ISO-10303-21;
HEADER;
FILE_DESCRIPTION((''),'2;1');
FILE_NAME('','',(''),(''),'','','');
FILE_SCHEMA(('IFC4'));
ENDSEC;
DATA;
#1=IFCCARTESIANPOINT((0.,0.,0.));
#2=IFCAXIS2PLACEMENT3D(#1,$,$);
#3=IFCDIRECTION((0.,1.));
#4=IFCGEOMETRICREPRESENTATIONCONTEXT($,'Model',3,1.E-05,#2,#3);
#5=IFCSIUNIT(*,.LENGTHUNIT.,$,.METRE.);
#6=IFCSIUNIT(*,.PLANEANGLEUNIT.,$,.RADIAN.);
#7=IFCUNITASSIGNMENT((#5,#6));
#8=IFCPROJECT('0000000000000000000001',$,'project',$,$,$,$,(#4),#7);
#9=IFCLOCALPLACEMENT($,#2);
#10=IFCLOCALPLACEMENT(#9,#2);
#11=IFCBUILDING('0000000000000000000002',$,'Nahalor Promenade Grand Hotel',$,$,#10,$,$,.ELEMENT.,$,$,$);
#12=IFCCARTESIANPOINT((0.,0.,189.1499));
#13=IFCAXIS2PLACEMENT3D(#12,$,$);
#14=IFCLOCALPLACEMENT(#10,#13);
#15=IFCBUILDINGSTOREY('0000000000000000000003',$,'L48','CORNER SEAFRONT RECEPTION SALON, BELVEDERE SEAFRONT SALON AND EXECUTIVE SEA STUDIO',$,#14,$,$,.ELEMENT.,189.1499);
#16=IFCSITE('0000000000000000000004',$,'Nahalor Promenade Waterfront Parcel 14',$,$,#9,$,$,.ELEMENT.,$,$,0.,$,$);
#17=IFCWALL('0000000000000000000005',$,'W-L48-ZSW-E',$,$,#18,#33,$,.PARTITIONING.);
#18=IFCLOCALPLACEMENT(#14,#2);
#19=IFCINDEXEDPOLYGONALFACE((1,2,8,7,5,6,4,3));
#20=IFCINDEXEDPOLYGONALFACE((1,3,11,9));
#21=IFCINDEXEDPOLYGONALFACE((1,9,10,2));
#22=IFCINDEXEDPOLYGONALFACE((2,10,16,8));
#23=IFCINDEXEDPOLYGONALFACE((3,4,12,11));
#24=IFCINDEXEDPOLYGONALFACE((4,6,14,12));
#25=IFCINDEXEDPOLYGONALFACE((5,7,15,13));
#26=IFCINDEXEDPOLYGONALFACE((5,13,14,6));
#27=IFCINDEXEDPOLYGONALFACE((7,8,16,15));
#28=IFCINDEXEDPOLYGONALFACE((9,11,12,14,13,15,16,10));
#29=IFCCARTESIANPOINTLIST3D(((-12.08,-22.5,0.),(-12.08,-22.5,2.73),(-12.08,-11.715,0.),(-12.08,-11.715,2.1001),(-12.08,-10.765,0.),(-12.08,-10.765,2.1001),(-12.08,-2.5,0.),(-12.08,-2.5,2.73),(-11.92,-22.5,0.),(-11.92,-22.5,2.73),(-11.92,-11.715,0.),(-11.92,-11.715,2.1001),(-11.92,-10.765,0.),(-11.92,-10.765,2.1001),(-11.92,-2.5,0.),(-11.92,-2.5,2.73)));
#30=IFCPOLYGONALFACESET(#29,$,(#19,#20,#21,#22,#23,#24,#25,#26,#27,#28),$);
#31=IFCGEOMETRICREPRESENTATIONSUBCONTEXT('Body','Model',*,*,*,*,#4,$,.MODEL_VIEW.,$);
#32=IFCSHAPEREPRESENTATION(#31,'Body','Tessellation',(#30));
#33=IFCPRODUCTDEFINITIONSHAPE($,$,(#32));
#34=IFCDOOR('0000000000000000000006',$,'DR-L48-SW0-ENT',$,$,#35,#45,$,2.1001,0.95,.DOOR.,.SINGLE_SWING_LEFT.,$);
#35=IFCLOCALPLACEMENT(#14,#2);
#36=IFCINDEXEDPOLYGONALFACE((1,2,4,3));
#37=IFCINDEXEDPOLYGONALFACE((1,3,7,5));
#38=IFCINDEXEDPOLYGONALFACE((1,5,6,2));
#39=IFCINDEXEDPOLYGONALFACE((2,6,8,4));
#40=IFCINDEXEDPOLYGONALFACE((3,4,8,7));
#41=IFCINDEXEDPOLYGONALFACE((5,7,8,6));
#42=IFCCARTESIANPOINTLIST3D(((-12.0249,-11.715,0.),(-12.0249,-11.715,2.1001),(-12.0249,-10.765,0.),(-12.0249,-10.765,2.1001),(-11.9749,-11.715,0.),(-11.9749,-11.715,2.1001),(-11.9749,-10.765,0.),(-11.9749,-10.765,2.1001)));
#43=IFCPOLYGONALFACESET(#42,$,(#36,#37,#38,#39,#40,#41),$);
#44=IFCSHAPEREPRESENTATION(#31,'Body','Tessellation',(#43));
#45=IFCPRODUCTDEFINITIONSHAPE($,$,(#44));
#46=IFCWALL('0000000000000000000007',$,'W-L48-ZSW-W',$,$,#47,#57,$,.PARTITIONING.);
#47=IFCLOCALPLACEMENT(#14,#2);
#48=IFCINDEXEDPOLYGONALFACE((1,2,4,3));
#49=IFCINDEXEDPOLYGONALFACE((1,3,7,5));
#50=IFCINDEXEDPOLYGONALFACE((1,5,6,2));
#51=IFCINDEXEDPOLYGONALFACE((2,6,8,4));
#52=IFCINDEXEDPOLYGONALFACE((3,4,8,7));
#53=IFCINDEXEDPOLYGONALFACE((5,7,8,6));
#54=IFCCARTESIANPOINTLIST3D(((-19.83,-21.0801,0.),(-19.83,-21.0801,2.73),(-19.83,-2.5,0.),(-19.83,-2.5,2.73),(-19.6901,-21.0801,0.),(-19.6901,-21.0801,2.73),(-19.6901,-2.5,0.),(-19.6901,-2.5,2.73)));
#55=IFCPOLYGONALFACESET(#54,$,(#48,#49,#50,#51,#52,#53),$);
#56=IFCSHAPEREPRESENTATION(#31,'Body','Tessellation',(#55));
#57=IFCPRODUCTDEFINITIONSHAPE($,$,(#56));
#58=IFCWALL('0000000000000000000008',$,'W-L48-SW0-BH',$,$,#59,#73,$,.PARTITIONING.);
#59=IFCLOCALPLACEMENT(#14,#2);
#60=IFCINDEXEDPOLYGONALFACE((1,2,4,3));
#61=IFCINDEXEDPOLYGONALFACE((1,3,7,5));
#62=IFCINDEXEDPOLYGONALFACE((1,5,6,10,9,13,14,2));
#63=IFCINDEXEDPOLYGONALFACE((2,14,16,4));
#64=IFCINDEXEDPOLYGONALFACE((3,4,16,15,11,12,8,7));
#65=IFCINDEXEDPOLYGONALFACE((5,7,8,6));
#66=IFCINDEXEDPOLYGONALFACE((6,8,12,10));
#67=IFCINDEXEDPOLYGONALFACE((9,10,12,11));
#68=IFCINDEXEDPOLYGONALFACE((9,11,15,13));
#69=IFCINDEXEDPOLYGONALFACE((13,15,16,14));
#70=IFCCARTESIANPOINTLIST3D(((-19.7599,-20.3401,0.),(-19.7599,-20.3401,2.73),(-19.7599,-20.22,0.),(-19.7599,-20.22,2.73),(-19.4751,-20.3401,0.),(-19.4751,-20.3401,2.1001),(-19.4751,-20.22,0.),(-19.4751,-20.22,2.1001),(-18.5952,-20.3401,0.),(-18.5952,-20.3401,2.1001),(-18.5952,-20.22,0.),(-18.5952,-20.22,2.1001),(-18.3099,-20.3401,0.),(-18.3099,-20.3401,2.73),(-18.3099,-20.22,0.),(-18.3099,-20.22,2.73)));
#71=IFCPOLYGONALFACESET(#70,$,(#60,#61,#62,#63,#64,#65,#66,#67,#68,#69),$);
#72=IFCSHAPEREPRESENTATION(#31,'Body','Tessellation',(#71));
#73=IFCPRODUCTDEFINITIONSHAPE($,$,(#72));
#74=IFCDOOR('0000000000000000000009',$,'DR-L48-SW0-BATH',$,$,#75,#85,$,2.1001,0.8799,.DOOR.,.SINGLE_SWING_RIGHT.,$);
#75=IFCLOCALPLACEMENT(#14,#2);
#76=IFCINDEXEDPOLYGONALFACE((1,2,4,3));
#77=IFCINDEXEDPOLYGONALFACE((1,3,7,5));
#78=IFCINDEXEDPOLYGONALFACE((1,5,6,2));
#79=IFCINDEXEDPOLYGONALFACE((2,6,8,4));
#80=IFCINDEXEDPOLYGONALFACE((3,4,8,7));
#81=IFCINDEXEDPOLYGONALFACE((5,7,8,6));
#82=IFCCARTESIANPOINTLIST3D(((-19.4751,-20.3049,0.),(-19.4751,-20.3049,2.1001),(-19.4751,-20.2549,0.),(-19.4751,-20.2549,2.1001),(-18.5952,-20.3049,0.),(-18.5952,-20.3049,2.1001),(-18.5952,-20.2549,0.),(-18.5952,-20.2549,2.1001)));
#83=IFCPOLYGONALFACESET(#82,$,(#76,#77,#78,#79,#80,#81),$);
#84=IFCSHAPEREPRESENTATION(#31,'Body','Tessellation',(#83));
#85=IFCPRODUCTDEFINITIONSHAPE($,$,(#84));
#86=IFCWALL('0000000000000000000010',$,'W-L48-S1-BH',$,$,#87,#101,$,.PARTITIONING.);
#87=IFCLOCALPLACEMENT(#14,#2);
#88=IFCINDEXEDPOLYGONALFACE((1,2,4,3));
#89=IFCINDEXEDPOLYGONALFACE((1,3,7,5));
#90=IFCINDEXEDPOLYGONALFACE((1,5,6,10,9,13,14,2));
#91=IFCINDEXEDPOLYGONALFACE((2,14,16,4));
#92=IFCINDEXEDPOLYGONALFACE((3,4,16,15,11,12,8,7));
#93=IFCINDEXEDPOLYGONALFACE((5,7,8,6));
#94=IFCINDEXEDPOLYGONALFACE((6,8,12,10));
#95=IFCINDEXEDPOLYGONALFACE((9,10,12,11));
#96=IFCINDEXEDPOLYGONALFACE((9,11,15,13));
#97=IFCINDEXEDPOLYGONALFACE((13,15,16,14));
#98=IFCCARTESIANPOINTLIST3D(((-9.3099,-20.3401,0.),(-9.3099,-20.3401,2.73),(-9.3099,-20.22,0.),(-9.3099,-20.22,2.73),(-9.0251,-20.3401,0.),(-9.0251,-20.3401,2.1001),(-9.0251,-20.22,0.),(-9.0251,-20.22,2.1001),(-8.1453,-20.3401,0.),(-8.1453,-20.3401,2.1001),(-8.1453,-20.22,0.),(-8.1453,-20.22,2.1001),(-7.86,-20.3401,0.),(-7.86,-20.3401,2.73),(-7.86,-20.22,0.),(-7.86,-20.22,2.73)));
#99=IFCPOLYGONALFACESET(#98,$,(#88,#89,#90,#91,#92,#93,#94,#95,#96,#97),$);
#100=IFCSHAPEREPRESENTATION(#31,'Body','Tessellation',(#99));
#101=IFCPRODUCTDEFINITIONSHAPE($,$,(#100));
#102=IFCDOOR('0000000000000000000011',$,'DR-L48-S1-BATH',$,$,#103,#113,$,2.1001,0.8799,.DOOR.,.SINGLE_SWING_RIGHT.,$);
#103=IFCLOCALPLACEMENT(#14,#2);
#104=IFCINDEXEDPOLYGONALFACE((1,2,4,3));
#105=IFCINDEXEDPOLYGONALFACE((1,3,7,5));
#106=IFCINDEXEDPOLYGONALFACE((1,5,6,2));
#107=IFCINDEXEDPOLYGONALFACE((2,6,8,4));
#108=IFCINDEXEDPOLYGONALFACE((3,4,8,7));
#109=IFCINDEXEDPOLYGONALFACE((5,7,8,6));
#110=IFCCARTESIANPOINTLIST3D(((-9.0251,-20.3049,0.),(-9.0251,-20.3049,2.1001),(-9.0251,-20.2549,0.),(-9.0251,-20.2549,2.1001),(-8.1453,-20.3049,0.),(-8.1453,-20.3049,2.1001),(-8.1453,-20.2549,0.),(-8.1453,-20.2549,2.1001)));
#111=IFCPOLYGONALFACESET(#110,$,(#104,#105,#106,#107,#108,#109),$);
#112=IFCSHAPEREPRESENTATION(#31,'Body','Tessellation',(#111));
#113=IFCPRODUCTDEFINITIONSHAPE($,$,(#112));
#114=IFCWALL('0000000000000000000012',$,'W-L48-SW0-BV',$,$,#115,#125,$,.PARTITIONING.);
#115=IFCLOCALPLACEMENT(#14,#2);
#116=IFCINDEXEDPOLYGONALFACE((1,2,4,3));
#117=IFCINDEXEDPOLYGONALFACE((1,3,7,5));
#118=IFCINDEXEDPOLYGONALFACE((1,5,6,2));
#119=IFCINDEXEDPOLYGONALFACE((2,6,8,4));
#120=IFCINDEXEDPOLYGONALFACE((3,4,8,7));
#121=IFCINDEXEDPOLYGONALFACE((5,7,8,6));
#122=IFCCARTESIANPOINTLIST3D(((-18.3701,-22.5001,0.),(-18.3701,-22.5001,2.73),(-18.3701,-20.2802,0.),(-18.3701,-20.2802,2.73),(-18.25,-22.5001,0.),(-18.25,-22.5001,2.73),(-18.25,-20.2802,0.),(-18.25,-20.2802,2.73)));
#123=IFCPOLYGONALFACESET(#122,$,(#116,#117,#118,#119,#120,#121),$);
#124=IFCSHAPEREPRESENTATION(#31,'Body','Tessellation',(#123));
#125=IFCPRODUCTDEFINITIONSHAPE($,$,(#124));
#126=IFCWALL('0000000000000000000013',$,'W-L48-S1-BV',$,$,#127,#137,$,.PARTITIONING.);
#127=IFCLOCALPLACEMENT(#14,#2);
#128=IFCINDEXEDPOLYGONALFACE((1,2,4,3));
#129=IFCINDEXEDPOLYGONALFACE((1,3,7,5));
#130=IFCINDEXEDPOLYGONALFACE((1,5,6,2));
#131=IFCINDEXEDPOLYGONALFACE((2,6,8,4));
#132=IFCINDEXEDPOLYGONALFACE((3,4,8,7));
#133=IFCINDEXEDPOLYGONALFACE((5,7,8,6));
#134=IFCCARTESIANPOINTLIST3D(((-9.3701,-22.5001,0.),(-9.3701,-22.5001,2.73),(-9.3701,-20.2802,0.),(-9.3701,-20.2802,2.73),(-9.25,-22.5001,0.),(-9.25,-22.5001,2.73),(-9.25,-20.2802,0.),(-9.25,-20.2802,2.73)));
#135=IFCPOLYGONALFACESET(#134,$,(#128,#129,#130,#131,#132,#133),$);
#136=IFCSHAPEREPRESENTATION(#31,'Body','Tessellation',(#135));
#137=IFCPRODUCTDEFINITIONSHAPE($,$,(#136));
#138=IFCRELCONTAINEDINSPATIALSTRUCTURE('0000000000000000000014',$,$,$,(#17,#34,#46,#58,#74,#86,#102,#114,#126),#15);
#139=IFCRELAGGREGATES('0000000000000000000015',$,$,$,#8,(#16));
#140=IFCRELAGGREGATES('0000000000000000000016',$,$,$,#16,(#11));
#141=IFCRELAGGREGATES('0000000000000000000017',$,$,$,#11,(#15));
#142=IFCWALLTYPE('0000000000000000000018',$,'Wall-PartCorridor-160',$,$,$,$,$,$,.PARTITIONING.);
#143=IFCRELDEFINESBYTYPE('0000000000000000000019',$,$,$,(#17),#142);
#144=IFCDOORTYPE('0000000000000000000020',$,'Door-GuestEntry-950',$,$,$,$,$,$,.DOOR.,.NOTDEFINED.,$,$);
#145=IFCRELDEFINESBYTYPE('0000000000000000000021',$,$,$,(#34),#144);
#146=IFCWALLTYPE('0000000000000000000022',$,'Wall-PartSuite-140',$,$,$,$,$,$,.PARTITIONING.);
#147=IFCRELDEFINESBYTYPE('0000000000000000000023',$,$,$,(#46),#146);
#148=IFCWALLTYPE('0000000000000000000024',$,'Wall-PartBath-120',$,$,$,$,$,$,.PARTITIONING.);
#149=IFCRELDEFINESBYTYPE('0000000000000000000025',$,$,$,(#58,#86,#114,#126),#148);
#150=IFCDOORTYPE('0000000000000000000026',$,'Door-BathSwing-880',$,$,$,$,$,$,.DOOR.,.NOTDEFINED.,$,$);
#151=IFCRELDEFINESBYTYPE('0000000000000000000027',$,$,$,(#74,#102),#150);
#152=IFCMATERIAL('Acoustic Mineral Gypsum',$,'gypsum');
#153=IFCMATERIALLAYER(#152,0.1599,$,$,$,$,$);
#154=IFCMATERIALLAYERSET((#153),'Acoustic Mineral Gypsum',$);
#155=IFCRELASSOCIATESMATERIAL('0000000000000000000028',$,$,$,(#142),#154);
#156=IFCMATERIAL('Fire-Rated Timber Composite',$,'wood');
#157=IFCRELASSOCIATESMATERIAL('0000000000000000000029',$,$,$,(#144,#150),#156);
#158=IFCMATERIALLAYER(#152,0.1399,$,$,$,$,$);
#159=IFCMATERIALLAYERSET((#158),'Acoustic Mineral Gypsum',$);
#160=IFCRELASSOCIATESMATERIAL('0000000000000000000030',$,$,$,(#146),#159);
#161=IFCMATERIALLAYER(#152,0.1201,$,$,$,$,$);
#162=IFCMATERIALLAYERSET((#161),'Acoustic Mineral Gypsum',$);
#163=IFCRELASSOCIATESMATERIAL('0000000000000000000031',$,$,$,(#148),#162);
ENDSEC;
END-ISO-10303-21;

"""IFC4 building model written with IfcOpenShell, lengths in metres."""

from ifc_helpers import new_model, si_unit, direction, frame, frame_2d, origin, place, context, subcontext, project, spatial, rectangle, extrude, source, transform, mapped, material, layer, layer_set, type_object, element, fill, save


model = new_model("IFC4")

# Units and contexts
model_context = context("Model", 3, precision=1e-05, world=origin(), true_north=direction((0.0, 1.0)))
body_context = subcontext(model_context, "Body", "Model", "MODEL_VIEW")
ifc_project = project(units=[si_unit("LENGTHUNIT", "METRE"), si_unit("PLANEANGLEUNIT", "RADIAN")], contexts=[model_context])

# Site, building, storey
site_placement = place(None, origin())
site = spatial("IfcSite", under=ifc_project, at=site_placement, Name="Nahalor Promenade Waterfront Parcel 14", CompositionType="ELEMENT", RefElevation=0.0)
building_placement = place(site_placement, origin())
building = spatial("IfcBuilding", under=site, at=building_placement, Name="Nahalor Promenade Grand Hotel", CompositionType="ELEMENT")
storey_placement = place(building_placement, frame((0.0, 0.0, 189.1499)))
storey = spatial("IfcBuildingStorey", under=building, at=storey_placement, Name="L48", Description="CORNER SEAFRONT RECEPTION SALON, BELVEDERE SEAFRONT SALON AND EXECUTIVE SEA STUDIO", CompositionType="ELEMENT", Elevation=189.1499)

# Wall, opening, door
ifc_material_1 = material(Name="Acoustic Mineral Gypsum", Category="gypsum")
ifc_layer_1 = layer(ifc_material_1, 0.1599)
ifc_layer_set_1 = layer_set([ifc_layer_1], Name="Acoustic Mineral Gypsum")
wall_type_1 = type_object("IfcWallType", Name="Wall-PartCorridor-160", PredefinedType="PARTITIONING", material=ifc_layer_set_1)
shared_shape_1 = source(origin(), body_context, "Body", "SweptSolid", [
    extrude(rectangle(XDim=20.0, YDim=0.1599, at=frame_2d((10.0, 0.0))), origin(), (0.0, 0.0, 1.0), 2.73),
])
wall_1_placement = place(storey_placement, frame((-12.0, -22.5, 0.0), z_axis=(0.0, 0.0, 1.0), x_axis=(0.0, 1.0, 0.0)))
wall_1 = element("IfcWall", 1, at=wall_1_placement, inside=storey, type_object=wall_type_1, Name="W-L48-ZSW-E", PredefinedType="PARTITIONING", context=body_context, shape_type="MappedRepresentation", body=[
    mapped(shared_shape_1, transform((0.0, 0.0, 0.0), scale=1.0)),
])
opening_1_placement = place(wall_1_placement, frame((10.7849, 0.0, 0.0)))
opening_1 = element("IfcOpeningElement", 2, at=opening_1_placement, cuts=wall_1, PredefinedType="OPENING", context=body_context, shape_type="SweptSolid", body=[
    extrude(rectangle(XDim=0.95, YDim=2.1001, at=frame_2d((0.4751, 1.05))), frame((0.0, 0.0898, 0.0), z_axis=(0.0, -1.0, 0.0), x_axis=(1.0, 0.0, 0.0)), (0.0, 0.0, 1.0), 0.1799),
])
ifc_material_2 = material(Name="Fire-Rated Timber Composite", Category="wood")
door_type_1 = type_object("IfcDoorType", Name="Door-GuestEntry-950", OperationType="NOTDEFINED", PredefinedType="DOOR", material=ifc_material_2)
shared_shape_2 = source(origin(), body_context, "Body", "SweptSolid", [
    extrude(rectangle(XDim=0.95, YDim=2.1001, at=frame_2d((0.4751, 1.05))), frame((0.0, 0.0249, 0.0), z_axis=(0.0, -1.0, 0.0), x_axis=(1.0, 0.0, 0.0)), (0.0, 0.0, 1.0), 0.05),
])
door_1_placement = place(opening_1_placement, origin())
door_1 = element("IfcDoor", 3, at=door_1_placement, inside=storey, type_object=door_type_1, Name="DR-L48-SW0-ENT", OperationType="SINGLE_SWING_LEFT", OverallHeight=2.1001, OverallWidth=0.95, PredefinedType="DOOR", context=body_context, shape_type="MappedRepresentation", body=[
    mapped(shared_shape_2, transform((0.0, 0.0, 0.0), scale=1.0)),
])
fill(opening_1, door_1)

# Wall
ifc_layer_2 = layer(ifc_material_1, 0.1399)
ifc_layer_set_2 = layer_set([ifc_layer_2], Name="Acoustic Mineral Gypsum")
wall_type_2 = type_object("IfcWallType", Name="Wall-PartSuite-140", PredefinedType="PARTITIONING", material=ifc_layer_set_2)
shared_shape_3 = source(origin(), body_context, "Body", "SweptSolid", [
    extrude(rectangle(XDim=18.5801, YDim=0.1399, at=frame_2d((9.29, 0.0))), origin(), (0.0, 0.0, 1.0), 2.73),
])
wall_2_placement = place(storey_placement, frame((-19.76, -21.0801, 0.0), z_axis=(0.0, 0.0, 1.0), x_axis=(0.0, 1.0, 0.0)))
element("IfcWall", 4, at=wall_2_placement, inside=storey, type_object=wall_type_2, Name="W-L48-ZSW-W", PredefinedType="PARTITIONING", context=body_context, shape_type="MappedRepresentation", body=[
    mapped(shared_shape_3, transform((0.0, 0.0, 0.0), scale=1.0)),
])

# Walls, openings, doors
ifc_layer_3 = layer(ifc_material_1, 0.1201)
ifc_layer_set_3 = layer_set([ifc_layer_3], Name="Acoustic Mineral Gypsum")
wall_type_3 = type_object("IfcWallType", Name="Wall-PartBath-120", PredefinedType="PARTITIONING", material=ifc_layer_set_3)
shared_shape_4 = source(origin(), body_context, "Body", "SweptSolid", [
    extrude(rectangle(XDim=1.45, YDim=0.1201, at=frame_2d((0.7251, 0.0))), origin(), (0.0, 0.0, 1.0), 2.73),
])
wall_3_placement = place(storey_placement, frame((-19.76, -20.28, 0.0), z_axis=(0.0, 0.0, 1.0), x_axis=(1.0, 0.0, 0.0)))
wall_3 = element("IfcWall", 5, at=wall_3_placement, inside=storey, type_object=wall_type_3, Name="W-L48-SW0-BH", PredefinedType="PARTITIONING", context=body_context, shape_type="MappedRepresentation", body=[
    mapped(shared_shape_4, transform((0.0, 0.0, 0.0), scale=1.0)),
])
opening_2_placement = place(wall_3_placement, frame((0.2849, 0.0, 0.0)))
opening_2 = element("IfcOpeningElement", 6, at=opening_2_placement, cuts=wall_3, PredefinedType="OPENING", context=body_context, shape_type="SweptSolid", body=[
    extrude(rectangle(XDim=0.8799, YDim=2.1001, at=frame_2d((0.4399, 1.05))), frame((0.0, 0.0701, 0.0), z_axis=(0.0, -1.0, 0.0), x_axis=(1.0, 0.0, 0.0)), (0.0, 0.0, 1.0), 0.1401),
])
door_type_2 = type_object("IfcDoorType", Name="Door-BathSwing-880", OperationType="NOTDEFINED", PredefinedType="DOOR", material=ifc_material_2)
shared_shape_5 = source(origin(), body_context, "Body", "SweptSolid", [
    extrude(rectangle(XDim=0.8799, YDim=2.1001, at=frame_2d((0.4399, 1.05))), frame((0.0, 0.0249, 0.0), z_axis=(0.0, -1.0, 0.0), x_axis=(1.0, 0.0, 0.0)), (0.0, 0.0, 1.0), 0.05),
])
door_2_placement = place(opening_2_placement, frame((0.8799, 0.0, 0.0), z_axis=(0.0, 0.0, 1.0), x_axis=(-1.0, 0.0, 0.0)))
door_2 = element("IfcDoor", 7, at=door_2_placement, inside=storey, type_object=door_type_2, Name="DR-L48-SW0-BATH", OperationType="SINGLE_SWING_RIGHT", OverallHeight=2.1001, OverallWidth=0.8799, PredefinedType="DOOR", context=body_context, shape_type="MappedRepresentation", body=[
    mapped(shared_shape_5, transform((0.0, 0.0, 0.0), scale=1.0)),
])
fill(opening_2, door_2)
wall_4_placement = place(storey_placement, frame((-9.3101, -20.28, 0.0), z_axis=(0.0, 0.0, 1.0), x_axis=(1.0, 0.0, 0.0)))
wall_4 = element("IfcWall", 8, at=wall_4_placement, inside=storey, type_object=wall_type_3, Name="W-L48-S1-BH", PredefinedType="PARTITIONING", context=body_context, shape_type="MappedRepresentation", body=[
    mapped(shared_shape_4, transform((0.0, 0.0, 0.0), scale=1.0)),
])
opening_3_placement = place(wall_4_placement, frame((0.2849, 0.0, 0.0)))
opening_3 = element("IfcOpeningElement", 9, at=opening_3_placement, cuts=wall_4, PredefinedType="OPENING", context=body_context, shape_type="SweptSolid", body=[
    extrude(rectangle(XDim=0.8799, YDim=2.1001, at=frame_2d((0.4399, 1.05))), frame((0.0, 0.0701, 0.0), z_axis=(0.0, -1.0, 0.0), x_axis=(1.0, 0.0, 0.0)), (0.0, 0.0, 1.0), 0.1401),
])
door_3_placement = place(opening_3_placement, frame((0.8799, 0.0, 0.0), z_axis=(0.0, 0.0, 1.0), x_axis=(-1.0, 0.0, 0.0)))
door_3 = element("IfcDoor", 10, at=door_3_placement, inside=storey, type_object=door_type_2, Name="DR-L48-S1-BATH", OperationType="SINGLE_SWING_RIGHT", OverallHeight=2.1001, OverallWidth=0.8799, PredefinedType="DOOR", context=body_context, shape_type="MappedRepresentation", body=[
    mapped(shared_shape_5, transform((0.0, 0.0, 0.0), scale=1.0)),
])
fill(opening_3, door_3)

# Walls
shared_shape_6 = source(origin(), body_context, "Body", "SweptSolid", [
    extrude(rectangle(XDim=2.22, YDim=0.1201, at=frame_2d((1.1099, 0.0))), origin(), (0.0, 0.0, 1.0), 2.73),
])
for number, where, z_axis, x_axis, name in (
    (11, (-18.3101, -22.5, 0.0), (0.0, 0.0, 1.0), (0.0, 1.0, 0.0), "W-L48-SW0-BV"),
    (12, (-9.3101, -22.5, 0.0), (0.0, 0.0, 1.0), (0.0, 1.0, 0.0), "W-L48-S1-BV"),
):
    element("IfcWall", number, at=place(storey_placement, frame(where, z_axis=z_axis, x_axis=x_axis)), inside=storey, type_object=wall_type_3, Name=name, PredefinedType="PARTITIONING", context=body_context, shape_type="MappedRepresentation", body=[
        mapped(shared_shape_6, transform((0.0, 0.0, 0.0), scale=1.0)),
    ])

save(model, "model.ifc")
